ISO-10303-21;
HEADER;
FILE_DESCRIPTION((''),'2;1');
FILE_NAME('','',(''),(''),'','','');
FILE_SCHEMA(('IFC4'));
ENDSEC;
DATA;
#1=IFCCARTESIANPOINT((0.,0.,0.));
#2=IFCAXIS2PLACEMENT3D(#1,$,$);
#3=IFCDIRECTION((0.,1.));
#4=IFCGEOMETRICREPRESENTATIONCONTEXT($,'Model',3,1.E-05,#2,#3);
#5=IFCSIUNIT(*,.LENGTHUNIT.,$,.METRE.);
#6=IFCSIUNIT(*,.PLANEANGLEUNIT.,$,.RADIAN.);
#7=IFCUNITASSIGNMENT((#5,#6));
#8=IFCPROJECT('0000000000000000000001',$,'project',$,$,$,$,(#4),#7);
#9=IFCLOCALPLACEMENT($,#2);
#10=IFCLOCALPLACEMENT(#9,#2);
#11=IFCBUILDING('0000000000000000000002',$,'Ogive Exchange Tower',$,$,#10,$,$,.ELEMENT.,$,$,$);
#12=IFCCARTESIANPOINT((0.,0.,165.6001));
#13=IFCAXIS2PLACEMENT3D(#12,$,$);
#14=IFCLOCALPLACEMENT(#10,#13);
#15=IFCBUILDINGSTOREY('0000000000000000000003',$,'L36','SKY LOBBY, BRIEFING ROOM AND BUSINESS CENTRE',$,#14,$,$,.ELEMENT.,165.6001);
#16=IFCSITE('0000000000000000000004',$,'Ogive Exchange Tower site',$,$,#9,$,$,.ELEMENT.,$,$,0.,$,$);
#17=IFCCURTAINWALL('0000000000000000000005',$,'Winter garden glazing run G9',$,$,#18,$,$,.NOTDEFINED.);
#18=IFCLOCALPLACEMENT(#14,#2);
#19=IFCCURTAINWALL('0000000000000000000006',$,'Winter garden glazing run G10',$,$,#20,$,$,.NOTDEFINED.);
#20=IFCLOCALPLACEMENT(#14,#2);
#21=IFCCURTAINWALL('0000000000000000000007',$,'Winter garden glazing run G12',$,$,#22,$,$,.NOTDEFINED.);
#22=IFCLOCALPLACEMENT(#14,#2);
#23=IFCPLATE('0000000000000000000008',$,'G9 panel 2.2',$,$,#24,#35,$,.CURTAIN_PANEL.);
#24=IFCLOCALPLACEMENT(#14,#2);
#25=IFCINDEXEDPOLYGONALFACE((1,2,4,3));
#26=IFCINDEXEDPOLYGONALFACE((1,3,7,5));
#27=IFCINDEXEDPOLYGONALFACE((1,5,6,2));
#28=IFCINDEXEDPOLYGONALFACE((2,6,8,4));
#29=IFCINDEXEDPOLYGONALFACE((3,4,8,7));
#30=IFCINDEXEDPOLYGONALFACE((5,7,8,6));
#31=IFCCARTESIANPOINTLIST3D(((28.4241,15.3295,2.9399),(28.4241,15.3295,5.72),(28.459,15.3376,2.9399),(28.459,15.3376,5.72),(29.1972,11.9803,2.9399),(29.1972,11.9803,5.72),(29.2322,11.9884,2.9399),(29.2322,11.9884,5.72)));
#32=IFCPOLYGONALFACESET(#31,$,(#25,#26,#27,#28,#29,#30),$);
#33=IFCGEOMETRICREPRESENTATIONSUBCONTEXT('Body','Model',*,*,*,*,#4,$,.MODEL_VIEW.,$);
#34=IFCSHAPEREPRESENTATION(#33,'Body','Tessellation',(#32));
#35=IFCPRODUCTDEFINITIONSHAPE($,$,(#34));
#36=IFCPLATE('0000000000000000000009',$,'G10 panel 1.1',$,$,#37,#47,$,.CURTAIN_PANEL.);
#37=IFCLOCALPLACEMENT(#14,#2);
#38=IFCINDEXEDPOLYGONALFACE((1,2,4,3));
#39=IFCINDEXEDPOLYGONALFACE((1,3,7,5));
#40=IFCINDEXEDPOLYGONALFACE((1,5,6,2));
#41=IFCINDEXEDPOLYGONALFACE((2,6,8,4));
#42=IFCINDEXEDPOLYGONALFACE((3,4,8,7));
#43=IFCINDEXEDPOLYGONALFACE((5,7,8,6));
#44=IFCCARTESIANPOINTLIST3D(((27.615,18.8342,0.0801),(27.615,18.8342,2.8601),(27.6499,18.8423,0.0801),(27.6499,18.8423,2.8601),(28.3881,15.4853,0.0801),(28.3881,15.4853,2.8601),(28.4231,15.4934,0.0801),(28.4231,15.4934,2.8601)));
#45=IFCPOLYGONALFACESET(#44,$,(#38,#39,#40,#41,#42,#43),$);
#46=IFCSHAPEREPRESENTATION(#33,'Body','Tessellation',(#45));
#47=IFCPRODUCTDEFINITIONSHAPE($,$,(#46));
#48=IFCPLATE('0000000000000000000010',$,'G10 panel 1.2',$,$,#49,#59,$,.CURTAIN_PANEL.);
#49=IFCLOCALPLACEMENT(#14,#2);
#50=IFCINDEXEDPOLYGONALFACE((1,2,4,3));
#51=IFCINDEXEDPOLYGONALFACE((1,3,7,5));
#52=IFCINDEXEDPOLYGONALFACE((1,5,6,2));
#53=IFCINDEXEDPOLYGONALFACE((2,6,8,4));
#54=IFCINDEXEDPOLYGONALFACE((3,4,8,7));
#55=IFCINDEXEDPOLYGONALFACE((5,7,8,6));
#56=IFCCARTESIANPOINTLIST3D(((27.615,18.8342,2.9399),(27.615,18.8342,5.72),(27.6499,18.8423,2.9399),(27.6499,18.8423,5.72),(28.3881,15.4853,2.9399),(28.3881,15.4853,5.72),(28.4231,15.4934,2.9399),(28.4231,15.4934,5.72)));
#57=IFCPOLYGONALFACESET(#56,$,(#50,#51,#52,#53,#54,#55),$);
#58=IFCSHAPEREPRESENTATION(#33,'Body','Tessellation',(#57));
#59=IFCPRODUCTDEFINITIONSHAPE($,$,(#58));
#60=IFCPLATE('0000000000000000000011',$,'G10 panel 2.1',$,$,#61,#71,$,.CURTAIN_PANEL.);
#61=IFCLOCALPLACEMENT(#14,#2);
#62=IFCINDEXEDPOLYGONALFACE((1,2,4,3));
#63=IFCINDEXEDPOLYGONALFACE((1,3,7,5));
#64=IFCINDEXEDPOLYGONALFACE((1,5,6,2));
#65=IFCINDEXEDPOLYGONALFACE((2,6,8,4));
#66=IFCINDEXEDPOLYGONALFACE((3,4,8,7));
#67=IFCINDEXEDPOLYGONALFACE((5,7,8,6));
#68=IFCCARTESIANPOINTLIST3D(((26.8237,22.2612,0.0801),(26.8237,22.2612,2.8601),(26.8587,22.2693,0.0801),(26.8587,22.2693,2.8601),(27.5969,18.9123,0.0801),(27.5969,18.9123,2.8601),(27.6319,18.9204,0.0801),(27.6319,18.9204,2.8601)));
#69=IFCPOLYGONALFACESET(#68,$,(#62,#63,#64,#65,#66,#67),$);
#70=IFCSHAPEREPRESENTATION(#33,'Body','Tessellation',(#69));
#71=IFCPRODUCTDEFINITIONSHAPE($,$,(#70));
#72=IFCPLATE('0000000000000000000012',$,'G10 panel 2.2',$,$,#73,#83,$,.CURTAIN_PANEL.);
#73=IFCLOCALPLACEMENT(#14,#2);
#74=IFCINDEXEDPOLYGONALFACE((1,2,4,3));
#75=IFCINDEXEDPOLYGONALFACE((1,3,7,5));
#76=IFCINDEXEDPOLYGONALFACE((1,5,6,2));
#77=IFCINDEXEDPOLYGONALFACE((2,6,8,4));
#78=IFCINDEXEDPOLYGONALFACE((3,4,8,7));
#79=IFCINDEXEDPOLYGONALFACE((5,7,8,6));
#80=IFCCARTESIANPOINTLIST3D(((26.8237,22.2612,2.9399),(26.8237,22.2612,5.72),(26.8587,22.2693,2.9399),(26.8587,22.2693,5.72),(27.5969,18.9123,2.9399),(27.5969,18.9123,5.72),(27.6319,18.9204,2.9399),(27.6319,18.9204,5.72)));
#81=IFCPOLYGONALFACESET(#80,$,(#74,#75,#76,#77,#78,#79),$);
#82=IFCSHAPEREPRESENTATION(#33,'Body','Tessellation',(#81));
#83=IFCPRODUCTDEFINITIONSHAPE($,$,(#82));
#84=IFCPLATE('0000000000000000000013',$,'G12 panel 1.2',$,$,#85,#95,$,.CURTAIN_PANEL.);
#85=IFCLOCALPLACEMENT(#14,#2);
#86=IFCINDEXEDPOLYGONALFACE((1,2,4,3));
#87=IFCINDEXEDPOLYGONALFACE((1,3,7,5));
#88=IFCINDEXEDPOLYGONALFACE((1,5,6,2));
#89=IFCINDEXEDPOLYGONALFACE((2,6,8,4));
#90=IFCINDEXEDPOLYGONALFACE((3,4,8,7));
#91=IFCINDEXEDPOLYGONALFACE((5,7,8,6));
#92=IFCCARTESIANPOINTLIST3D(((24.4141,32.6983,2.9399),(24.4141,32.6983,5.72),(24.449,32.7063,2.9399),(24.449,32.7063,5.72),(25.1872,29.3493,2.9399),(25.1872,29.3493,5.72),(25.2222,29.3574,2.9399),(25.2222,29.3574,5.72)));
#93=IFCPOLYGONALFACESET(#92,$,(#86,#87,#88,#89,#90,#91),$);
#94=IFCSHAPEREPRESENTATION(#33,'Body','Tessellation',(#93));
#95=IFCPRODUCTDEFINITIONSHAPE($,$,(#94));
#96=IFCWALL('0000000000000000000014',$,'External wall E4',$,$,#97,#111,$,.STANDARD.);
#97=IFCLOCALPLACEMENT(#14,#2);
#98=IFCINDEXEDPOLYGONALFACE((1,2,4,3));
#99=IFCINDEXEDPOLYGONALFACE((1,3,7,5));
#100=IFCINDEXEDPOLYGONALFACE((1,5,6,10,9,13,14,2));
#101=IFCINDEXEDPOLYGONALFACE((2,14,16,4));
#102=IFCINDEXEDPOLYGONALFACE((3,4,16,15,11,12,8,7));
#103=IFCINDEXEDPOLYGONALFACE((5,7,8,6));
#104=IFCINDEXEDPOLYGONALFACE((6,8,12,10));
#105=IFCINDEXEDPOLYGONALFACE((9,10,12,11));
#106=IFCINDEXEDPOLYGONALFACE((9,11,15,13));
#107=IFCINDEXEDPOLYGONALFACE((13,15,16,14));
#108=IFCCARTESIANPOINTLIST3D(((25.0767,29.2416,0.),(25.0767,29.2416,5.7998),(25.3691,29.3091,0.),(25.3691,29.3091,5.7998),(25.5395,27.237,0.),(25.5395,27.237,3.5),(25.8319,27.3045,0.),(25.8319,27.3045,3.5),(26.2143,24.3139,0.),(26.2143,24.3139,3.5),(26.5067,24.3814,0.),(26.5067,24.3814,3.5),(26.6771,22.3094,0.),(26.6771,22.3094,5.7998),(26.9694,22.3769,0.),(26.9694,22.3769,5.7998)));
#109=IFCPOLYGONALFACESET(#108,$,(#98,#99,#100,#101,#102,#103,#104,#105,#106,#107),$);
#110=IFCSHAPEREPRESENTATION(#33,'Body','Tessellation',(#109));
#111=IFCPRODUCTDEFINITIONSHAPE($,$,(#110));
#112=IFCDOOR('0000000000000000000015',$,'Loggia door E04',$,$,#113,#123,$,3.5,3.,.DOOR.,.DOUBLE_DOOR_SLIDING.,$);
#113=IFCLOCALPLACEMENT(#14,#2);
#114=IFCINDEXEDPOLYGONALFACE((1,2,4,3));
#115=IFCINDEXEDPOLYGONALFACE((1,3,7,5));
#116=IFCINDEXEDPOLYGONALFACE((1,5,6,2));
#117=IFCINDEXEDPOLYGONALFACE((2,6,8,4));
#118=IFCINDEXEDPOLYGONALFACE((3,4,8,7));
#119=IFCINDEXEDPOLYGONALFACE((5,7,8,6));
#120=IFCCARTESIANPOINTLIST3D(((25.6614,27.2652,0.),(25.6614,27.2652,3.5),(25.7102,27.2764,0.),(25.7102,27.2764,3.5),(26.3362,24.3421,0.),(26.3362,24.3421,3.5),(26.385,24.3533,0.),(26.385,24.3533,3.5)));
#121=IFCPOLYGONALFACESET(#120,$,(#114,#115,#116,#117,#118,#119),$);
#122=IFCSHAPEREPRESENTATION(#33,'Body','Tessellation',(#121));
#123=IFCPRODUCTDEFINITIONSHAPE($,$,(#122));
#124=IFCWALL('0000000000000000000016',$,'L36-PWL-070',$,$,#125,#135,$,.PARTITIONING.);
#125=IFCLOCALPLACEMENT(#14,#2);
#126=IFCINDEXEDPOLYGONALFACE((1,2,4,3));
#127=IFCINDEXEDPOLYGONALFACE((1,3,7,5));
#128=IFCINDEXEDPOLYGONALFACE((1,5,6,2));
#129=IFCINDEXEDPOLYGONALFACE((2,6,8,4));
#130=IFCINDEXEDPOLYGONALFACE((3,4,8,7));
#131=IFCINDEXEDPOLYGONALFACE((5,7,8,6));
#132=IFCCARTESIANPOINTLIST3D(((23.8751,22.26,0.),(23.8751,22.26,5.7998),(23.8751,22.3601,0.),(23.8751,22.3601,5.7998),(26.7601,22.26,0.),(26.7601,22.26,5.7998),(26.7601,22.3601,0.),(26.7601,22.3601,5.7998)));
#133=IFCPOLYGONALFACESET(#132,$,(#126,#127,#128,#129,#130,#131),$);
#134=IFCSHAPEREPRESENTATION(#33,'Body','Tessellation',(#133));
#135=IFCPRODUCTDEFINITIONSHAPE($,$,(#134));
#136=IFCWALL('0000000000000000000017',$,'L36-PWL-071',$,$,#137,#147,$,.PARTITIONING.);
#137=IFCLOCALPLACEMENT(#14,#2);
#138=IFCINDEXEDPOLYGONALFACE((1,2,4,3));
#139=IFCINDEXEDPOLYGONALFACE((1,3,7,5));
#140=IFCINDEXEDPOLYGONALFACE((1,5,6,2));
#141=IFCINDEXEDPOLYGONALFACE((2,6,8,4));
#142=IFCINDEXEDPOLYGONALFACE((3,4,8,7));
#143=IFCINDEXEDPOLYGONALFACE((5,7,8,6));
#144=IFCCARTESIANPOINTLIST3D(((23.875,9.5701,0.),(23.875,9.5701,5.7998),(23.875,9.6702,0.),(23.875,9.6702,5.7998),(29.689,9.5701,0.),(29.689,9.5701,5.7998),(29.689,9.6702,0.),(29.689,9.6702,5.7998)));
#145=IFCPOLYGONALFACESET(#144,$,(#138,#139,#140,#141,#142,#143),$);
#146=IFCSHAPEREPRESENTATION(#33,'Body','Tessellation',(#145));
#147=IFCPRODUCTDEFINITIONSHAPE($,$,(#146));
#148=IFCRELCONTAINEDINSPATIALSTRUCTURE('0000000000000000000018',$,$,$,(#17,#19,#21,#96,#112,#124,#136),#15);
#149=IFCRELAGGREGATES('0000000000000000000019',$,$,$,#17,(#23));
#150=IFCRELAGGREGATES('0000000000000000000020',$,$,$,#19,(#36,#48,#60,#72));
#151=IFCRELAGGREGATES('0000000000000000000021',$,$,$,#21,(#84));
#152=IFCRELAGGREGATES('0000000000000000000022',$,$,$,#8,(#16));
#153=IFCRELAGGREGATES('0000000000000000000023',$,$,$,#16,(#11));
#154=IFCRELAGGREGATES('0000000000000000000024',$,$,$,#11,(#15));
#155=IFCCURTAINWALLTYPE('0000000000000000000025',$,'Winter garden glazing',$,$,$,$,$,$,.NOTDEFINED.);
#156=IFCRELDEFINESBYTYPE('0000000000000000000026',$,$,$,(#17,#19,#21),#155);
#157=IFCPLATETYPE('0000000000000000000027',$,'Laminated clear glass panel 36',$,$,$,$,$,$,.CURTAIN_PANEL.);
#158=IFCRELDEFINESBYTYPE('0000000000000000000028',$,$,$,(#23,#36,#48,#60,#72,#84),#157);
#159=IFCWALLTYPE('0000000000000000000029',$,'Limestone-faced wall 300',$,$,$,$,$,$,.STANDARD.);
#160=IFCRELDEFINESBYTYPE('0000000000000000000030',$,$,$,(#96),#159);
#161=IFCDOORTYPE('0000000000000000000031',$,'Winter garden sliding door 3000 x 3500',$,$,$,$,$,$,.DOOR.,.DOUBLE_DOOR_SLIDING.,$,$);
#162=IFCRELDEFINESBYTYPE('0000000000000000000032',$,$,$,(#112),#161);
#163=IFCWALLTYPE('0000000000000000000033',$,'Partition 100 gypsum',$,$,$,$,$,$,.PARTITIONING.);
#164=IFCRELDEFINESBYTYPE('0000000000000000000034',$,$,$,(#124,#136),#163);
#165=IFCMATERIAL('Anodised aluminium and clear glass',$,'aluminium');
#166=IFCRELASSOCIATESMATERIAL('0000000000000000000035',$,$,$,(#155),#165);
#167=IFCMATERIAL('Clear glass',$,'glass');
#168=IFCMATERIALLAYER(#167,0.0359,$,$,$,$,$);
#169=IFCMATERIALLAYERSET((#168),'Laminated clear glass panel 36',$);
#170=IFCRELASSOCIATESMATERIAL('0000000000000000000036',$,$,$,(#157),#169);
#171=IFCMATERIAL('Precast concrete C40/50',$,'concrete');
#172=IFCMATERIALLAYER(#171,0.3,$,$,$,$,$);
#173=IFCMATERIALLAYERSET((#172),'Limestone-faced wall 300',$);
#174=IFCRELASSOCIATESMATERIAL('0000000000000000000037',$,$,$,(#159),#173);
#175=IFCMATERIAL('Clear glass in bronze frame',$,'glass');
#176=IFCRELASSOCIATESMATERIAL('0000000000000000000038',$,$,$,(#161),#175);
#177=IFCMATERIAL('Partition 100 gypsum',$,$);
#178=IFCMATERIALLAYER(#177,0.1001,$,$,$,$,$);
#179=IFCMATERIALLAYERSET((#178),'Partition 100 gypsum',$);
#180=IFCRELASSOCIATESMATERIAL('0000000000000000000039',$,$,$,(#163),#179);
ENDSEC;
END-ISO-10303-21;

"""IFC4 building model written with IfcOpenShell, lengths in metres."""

from ifc_helpers import new_model, si_unit, direction, frame, frame_2d, origin, origin_2d, place, context, subcontext, project, spatial, rectangle, extrude, material, layer, layer_set, type_object, element, fill, aggregate, save


model = new_model("IFC4")

# Units and contexts
model_context = context("Model", 3, precision=1e-05, world=origin(), true_north=direction((0.0, 1.0)))
body_context = subcontext(model_context, "Body", "Model", "MODEL_VIEW")
ifc_project = project(units=[si_unit("LENGTHUNIT", "METRE"), si_unit("PLANEANGLEUNIT", "RADIAN")], contexts=[model_context])

# Site, building, storey
site_placement = place(None, origin())
site = spatial("IfcSite", under=ifc_project, at=site_placement, Name="Ogive Exchange Tower site", CompositionType="ELEMENT", RefElevation=0.0)
building_placement = place(site_placement, origin())
building = spatial("IfcBuilding", under=site, at=building_placement, Name="Ogive Exchange Tower", CompositionType="ELEMENT")
storey_placement = place(building_placement, frame((0.0, 0.0, 165.6001)))
storey = spatial("IfcBuildingStorey", under=building, at=storey_placement, Name="L36", Description="SKY LOBBY, BRIEFING ROOM AND BUSINESS CENTRE", CompositionType="ELEMENT", Elevation=165.6001)

# Curtain walls
ifc_material_1 = material(Name="Anodised aluminium and clear glass", Category="aluminium")
curtain_wall_type = type_object("IfcCurtainWallType", Name="Winter garden glazing", PredefinedType="NOTDEFINED", material=ifc_material_1)
curtain_wall_1_placement = place(storey_placement, origin())
curtain_wall_1 = element("IfcCurtainWall", 1, at=curtain_wall_1_placement, inside=storey, type_object=curtain_wall_type, Name="Winter garden glazing run G9", PredefinedType="NOTDEFINED")
curtain_wall_2_placement = place(storey_placement, origin())
curtain_wall_2 = element("IfcCurtainWall", 2, at=curtain_wall_2_placement, inside=storey, type_object=curtain_wall_type, Name="Winter garden glazing run G10", PredefinedType="NOTDEFINED")

# Curtain wall
curtain_wall_3_placement = place(storey_placement, origin())
curtain_wall_3 = element("IfcCurtainWall", 3, at=curtain_wall_3_placement, inside=storey, type_object=curtain_wall_type, Name="Winter garden glazing run G12", PredefinedType="NOTDEFINED")

# Plates
ifc_material_2 = material(Name="Clear glass", Category="glass")
ifc_layer_1 = layer(ifc_material_2, 0.0359)
ifc_layer_set_1 = layer_set([ifc_layer_1], Name="Laminated clear glass panel 36")
plate_type = type_object("IfcPlateType", Name="Laminated clear glass panel 36", PredefinedType="CURTAIN_PANEL", material=ifc_layer_set_1)
plate_1_placement = place(storey_placement, frame((28.8281, 13.6589, 2.9399), z_axis=(0.0, 0.0, 1.0), x_axis=(-0.224941, 0.974372, 0.0)))
plate_1 = element("IfcPlate", 4, at=plate_1_placement, type_object=plate_type, Name="G9 panel 2.2", PredefinedType="CURTAIN_PANEL", context=body_context, shape_type="SweptSolid", body=[
    extrude(rectangle(XDim=3.4373, YDim=0.0359, at=origin_2d()), origin(), (0.0, 0.0, 1.0), 2.78),
])
aggregate(curtain_wall_1, [plate_1])
plate_2_placement = place(storey_placement, frame((28.019, 17.1638, 0.0801), z_axis=(0.0, 0.0, 1.0), x_axis=(-0.224957, 0.974369, 0.0)))
plate_2 = element("IfcPlate", 5, at=plate_2_placement, type_object=plate_type, Name="G10 panel 1.1", PredefinedType="CURTAIN_PANEL", context=body_context, shape_type="SweptSolid", body=[
    extrude(rectangle(XDim=3.437, YDim=0.0359, at=origin_2d()), origin(), (0.0, 0.0, 1.0), 2.78),
])
plate_3_placement = place(storey_placement, frame((28.019, 17.1638, 2.9399), z_axis=(0.0, 0.0, 1.0), x_axis=(-0.224957, 0.974369, 0.0)))
plate_3 = element("IfcPlate", 6, at=plate_3_placement, type_object=plate_type, Name="G10 panel 1.2", PredefinedType="CURTAIN_PANEL", context=body_context, shape_type="SweptSolid", body=[
    extrude(rectangle(XDim=3.437, YDim=0.0359, at=origin_2d()), origin(), (0.0, 0.0, 1.0), 2.78),
])
plate_4_placement = place(storey_placement, frame((27.2278, 20.5908, 0.0801), z_axis=(0.0, 0.0, 1.0), x_axis=(-0.224957, 0.974369, 0.0)))
plate_4 = element("IfcPlate", 7, at=plate_4_placement, type_object=plate_type, Name="G10 panel 2.1", PredefinedType="CURTAIN_PANEL", context=body_context, shape_type="SweptSolid", body=[
    extrude(rectangle(XDim=3.437, YDim=0.0359, at=origin_2d()), origin(), (0.0, 0.0, 1.0), 2.78),
])
plate_5_placement = place(storey_placement, frame((27.2278, 20.5908, 2.9399), z_axis=(0.0, 0.0, 1.0), x_axis=(-0.224957, 0.974369, 0.0)))
plate_5 = element("IfcPlate", 8, at=plate_5_placement, type_object=plate_type, Name="G10 panel 2.2", PredefinedType="CURTAIN_PANEL", context=body_context, shape_type="SweptSolid", body=[
    extrude(rectangle(XDim=3.437, YDim=0.0359, at=origin_2d()), origin(), (0.0, 0.0, 1.0), 2.78),
])
aggregate(curtain_wall_2, [plate_2, plate_3, plate_4, plate_5])
plate_6_placement = place(storey_placement, frame((24.8181, 31.0278, 2.9399), z_axis=(0.0, 0.0, 1.0), x_axis=(-0.224944, 0.974372, 0.0)))
plate_6 = element("IfcPlate", 9, at=plate_6_placement, type_object=plate_type, Name="G12 panel 1.2", PredefinedType="CURTAIN_PANEL", context=body_context, shape_type="SweptSolid", body=[
    extrude(rectangle(XDim=3.437, YDim=0.0359, at=origin_2d()), origin(), (0.0, 0.0, 1.0), 2.78),
])
aggregate(curtain_wall_3, [plate_6])

# Wall, opening, door
ifc_material_3 = material(Name="Precast concrete C40/50", Category="concrete")
ifc_layer_2 = layer(ifc_material_3, 0.3)
ifc_layer_set_2 = layer_set([ifc_layer_2], Name="Limestone-faced wall 300")
wall_type_1 = type_object("IfcWallType", Name="Limestone-faced wall 300", PredefinedType="STANDARD", material=ifc_layer_set_2)
wall_1_placement = place(storey_placement, frame((26.8232, 22.3433, 0.0), z_axis=(0.0, 0.0, 1.0), x_axis=(-0.224942, 0.974372, 0.0)))
wall_1 = element("IfcWall", 10, at=wall_1_placement, inside=storey, type_object=wall_type_1, Name="External wall E4", PredefinedType="STANDARD", context=body_context, shape_type="SweptSolid", body=[
    extrude(rectangle(XDim=7.1145, YDim=0.3, at=frame_2d((3.5571, 0.0))), origin(), (0.0, 0.0, 1.0), 5.7998),
])
opening_placement = place(wall_1_placement, frame((2.0571, 0.0, 0.0)))
opening = element("IfcOpeningElement", 11, at=opening_placement, cuts=wall_1, PredefinedType="OPENING", context=body_context, shape_type="SweptSolid", body=[
    extrude(rectangle(XDim=3.0, YDim=3.5, at=frame_2d((1.5, 1.75))), frame((0.0, 0.1599, 0.0), z_axis=(0.0, -1.0, 0.0), x_axis=(1.0, 0.0, 0.0)), (0.0, 0.0, 1.0), 0.3201),
])
ifc_material_4 = material(Name="Clear glass in bronze frame", Category="glass")
door_type = type_object("IfcDoorType", Name="Winter garden sliding door 3000 x 3500", OperationType="DOUBLE_DOOR_SLIDING", PredefinedType="DOOR", material=ifc_material_4)
door_placement = place(opening_placement, origin())
door = element("IfcDoor", 12, at=door_placement, inside=storey, type_object=door_type, Name="Loggia door E04", OperationType="DOUBLE_DOOR_SLIDING", OverallHeight=3.5, OverallWidth=3.0, PredefinedType="DOOR", context=body_context, shape_type="SweptSolid", body=[
    extrude(rectangle(XDim=3.0, YDim=3.5, at=frame_2d((1.5, 1.75))), frame((0.0, 0.0249, 0.0), z_axis=(0.0, -1.0, 0.0), x_axis=(1.0, 0.0, 0.0)), (0.0, 0.0, 1.0), 0.05),
])
fill(opening, door)

# Walls
ifc_material_5 = material(Name="Partition 100 gypsum")
ifc_layer_3 = layer(ifc_material_5, 0.1001)
ifc_layer_set_3 = layer_set([ifc_layer_3], Name="Partition 100 gypsum")
wall_type_2 = type_object("IfcWallType", Name="Partition 100 gypsum", PredefinedType="PARTITIONING", material=ifc_layer_set_3)
wall_2_placement = place(storey_placement, frame((26.76, 22.3101, 0.0), z_axis=(0.0, 0.0, 1.0), x_axis=(-1.0, 0.0, 0.0)))
element("IfcWall", 13, at=wall_2_placement, inside=storey, type_object=wall_type_2, Name="L36-PWL-070", PredefinedType="PARTITIONING", context=body_context, shape_type="SweptSolid", body=[
    extrude(rectangle(XDim=2.885, YDim=0.1001, at=frame_2d((1.4424, 0.0))), origin(), (0.0, 0.0, 1.0), 5.7998),
])
wall_3_placement = place(storey_placement, frame((29.689, 9.6201, 0.0), z_axis=(0.0, 0.0, 1.0), x_axis=(-1.0, 0.0, 0.0)))
element("IfcWall", 14, at=wall_3_placement, inside=storey, type_object=wall_type_2, Name="L36-PWL-071", PredefinedType="PARTITIONING", context=body_context, shape_type="SweptSolid", body=[
    extrude(rectangle(XDim=5.814, YDim=0.1001, at=frame_2d((2.907, 0.0))), origin(), (0.0, 0.0, 1.0), 5.7998),
])

save(model, "model.ifc")
